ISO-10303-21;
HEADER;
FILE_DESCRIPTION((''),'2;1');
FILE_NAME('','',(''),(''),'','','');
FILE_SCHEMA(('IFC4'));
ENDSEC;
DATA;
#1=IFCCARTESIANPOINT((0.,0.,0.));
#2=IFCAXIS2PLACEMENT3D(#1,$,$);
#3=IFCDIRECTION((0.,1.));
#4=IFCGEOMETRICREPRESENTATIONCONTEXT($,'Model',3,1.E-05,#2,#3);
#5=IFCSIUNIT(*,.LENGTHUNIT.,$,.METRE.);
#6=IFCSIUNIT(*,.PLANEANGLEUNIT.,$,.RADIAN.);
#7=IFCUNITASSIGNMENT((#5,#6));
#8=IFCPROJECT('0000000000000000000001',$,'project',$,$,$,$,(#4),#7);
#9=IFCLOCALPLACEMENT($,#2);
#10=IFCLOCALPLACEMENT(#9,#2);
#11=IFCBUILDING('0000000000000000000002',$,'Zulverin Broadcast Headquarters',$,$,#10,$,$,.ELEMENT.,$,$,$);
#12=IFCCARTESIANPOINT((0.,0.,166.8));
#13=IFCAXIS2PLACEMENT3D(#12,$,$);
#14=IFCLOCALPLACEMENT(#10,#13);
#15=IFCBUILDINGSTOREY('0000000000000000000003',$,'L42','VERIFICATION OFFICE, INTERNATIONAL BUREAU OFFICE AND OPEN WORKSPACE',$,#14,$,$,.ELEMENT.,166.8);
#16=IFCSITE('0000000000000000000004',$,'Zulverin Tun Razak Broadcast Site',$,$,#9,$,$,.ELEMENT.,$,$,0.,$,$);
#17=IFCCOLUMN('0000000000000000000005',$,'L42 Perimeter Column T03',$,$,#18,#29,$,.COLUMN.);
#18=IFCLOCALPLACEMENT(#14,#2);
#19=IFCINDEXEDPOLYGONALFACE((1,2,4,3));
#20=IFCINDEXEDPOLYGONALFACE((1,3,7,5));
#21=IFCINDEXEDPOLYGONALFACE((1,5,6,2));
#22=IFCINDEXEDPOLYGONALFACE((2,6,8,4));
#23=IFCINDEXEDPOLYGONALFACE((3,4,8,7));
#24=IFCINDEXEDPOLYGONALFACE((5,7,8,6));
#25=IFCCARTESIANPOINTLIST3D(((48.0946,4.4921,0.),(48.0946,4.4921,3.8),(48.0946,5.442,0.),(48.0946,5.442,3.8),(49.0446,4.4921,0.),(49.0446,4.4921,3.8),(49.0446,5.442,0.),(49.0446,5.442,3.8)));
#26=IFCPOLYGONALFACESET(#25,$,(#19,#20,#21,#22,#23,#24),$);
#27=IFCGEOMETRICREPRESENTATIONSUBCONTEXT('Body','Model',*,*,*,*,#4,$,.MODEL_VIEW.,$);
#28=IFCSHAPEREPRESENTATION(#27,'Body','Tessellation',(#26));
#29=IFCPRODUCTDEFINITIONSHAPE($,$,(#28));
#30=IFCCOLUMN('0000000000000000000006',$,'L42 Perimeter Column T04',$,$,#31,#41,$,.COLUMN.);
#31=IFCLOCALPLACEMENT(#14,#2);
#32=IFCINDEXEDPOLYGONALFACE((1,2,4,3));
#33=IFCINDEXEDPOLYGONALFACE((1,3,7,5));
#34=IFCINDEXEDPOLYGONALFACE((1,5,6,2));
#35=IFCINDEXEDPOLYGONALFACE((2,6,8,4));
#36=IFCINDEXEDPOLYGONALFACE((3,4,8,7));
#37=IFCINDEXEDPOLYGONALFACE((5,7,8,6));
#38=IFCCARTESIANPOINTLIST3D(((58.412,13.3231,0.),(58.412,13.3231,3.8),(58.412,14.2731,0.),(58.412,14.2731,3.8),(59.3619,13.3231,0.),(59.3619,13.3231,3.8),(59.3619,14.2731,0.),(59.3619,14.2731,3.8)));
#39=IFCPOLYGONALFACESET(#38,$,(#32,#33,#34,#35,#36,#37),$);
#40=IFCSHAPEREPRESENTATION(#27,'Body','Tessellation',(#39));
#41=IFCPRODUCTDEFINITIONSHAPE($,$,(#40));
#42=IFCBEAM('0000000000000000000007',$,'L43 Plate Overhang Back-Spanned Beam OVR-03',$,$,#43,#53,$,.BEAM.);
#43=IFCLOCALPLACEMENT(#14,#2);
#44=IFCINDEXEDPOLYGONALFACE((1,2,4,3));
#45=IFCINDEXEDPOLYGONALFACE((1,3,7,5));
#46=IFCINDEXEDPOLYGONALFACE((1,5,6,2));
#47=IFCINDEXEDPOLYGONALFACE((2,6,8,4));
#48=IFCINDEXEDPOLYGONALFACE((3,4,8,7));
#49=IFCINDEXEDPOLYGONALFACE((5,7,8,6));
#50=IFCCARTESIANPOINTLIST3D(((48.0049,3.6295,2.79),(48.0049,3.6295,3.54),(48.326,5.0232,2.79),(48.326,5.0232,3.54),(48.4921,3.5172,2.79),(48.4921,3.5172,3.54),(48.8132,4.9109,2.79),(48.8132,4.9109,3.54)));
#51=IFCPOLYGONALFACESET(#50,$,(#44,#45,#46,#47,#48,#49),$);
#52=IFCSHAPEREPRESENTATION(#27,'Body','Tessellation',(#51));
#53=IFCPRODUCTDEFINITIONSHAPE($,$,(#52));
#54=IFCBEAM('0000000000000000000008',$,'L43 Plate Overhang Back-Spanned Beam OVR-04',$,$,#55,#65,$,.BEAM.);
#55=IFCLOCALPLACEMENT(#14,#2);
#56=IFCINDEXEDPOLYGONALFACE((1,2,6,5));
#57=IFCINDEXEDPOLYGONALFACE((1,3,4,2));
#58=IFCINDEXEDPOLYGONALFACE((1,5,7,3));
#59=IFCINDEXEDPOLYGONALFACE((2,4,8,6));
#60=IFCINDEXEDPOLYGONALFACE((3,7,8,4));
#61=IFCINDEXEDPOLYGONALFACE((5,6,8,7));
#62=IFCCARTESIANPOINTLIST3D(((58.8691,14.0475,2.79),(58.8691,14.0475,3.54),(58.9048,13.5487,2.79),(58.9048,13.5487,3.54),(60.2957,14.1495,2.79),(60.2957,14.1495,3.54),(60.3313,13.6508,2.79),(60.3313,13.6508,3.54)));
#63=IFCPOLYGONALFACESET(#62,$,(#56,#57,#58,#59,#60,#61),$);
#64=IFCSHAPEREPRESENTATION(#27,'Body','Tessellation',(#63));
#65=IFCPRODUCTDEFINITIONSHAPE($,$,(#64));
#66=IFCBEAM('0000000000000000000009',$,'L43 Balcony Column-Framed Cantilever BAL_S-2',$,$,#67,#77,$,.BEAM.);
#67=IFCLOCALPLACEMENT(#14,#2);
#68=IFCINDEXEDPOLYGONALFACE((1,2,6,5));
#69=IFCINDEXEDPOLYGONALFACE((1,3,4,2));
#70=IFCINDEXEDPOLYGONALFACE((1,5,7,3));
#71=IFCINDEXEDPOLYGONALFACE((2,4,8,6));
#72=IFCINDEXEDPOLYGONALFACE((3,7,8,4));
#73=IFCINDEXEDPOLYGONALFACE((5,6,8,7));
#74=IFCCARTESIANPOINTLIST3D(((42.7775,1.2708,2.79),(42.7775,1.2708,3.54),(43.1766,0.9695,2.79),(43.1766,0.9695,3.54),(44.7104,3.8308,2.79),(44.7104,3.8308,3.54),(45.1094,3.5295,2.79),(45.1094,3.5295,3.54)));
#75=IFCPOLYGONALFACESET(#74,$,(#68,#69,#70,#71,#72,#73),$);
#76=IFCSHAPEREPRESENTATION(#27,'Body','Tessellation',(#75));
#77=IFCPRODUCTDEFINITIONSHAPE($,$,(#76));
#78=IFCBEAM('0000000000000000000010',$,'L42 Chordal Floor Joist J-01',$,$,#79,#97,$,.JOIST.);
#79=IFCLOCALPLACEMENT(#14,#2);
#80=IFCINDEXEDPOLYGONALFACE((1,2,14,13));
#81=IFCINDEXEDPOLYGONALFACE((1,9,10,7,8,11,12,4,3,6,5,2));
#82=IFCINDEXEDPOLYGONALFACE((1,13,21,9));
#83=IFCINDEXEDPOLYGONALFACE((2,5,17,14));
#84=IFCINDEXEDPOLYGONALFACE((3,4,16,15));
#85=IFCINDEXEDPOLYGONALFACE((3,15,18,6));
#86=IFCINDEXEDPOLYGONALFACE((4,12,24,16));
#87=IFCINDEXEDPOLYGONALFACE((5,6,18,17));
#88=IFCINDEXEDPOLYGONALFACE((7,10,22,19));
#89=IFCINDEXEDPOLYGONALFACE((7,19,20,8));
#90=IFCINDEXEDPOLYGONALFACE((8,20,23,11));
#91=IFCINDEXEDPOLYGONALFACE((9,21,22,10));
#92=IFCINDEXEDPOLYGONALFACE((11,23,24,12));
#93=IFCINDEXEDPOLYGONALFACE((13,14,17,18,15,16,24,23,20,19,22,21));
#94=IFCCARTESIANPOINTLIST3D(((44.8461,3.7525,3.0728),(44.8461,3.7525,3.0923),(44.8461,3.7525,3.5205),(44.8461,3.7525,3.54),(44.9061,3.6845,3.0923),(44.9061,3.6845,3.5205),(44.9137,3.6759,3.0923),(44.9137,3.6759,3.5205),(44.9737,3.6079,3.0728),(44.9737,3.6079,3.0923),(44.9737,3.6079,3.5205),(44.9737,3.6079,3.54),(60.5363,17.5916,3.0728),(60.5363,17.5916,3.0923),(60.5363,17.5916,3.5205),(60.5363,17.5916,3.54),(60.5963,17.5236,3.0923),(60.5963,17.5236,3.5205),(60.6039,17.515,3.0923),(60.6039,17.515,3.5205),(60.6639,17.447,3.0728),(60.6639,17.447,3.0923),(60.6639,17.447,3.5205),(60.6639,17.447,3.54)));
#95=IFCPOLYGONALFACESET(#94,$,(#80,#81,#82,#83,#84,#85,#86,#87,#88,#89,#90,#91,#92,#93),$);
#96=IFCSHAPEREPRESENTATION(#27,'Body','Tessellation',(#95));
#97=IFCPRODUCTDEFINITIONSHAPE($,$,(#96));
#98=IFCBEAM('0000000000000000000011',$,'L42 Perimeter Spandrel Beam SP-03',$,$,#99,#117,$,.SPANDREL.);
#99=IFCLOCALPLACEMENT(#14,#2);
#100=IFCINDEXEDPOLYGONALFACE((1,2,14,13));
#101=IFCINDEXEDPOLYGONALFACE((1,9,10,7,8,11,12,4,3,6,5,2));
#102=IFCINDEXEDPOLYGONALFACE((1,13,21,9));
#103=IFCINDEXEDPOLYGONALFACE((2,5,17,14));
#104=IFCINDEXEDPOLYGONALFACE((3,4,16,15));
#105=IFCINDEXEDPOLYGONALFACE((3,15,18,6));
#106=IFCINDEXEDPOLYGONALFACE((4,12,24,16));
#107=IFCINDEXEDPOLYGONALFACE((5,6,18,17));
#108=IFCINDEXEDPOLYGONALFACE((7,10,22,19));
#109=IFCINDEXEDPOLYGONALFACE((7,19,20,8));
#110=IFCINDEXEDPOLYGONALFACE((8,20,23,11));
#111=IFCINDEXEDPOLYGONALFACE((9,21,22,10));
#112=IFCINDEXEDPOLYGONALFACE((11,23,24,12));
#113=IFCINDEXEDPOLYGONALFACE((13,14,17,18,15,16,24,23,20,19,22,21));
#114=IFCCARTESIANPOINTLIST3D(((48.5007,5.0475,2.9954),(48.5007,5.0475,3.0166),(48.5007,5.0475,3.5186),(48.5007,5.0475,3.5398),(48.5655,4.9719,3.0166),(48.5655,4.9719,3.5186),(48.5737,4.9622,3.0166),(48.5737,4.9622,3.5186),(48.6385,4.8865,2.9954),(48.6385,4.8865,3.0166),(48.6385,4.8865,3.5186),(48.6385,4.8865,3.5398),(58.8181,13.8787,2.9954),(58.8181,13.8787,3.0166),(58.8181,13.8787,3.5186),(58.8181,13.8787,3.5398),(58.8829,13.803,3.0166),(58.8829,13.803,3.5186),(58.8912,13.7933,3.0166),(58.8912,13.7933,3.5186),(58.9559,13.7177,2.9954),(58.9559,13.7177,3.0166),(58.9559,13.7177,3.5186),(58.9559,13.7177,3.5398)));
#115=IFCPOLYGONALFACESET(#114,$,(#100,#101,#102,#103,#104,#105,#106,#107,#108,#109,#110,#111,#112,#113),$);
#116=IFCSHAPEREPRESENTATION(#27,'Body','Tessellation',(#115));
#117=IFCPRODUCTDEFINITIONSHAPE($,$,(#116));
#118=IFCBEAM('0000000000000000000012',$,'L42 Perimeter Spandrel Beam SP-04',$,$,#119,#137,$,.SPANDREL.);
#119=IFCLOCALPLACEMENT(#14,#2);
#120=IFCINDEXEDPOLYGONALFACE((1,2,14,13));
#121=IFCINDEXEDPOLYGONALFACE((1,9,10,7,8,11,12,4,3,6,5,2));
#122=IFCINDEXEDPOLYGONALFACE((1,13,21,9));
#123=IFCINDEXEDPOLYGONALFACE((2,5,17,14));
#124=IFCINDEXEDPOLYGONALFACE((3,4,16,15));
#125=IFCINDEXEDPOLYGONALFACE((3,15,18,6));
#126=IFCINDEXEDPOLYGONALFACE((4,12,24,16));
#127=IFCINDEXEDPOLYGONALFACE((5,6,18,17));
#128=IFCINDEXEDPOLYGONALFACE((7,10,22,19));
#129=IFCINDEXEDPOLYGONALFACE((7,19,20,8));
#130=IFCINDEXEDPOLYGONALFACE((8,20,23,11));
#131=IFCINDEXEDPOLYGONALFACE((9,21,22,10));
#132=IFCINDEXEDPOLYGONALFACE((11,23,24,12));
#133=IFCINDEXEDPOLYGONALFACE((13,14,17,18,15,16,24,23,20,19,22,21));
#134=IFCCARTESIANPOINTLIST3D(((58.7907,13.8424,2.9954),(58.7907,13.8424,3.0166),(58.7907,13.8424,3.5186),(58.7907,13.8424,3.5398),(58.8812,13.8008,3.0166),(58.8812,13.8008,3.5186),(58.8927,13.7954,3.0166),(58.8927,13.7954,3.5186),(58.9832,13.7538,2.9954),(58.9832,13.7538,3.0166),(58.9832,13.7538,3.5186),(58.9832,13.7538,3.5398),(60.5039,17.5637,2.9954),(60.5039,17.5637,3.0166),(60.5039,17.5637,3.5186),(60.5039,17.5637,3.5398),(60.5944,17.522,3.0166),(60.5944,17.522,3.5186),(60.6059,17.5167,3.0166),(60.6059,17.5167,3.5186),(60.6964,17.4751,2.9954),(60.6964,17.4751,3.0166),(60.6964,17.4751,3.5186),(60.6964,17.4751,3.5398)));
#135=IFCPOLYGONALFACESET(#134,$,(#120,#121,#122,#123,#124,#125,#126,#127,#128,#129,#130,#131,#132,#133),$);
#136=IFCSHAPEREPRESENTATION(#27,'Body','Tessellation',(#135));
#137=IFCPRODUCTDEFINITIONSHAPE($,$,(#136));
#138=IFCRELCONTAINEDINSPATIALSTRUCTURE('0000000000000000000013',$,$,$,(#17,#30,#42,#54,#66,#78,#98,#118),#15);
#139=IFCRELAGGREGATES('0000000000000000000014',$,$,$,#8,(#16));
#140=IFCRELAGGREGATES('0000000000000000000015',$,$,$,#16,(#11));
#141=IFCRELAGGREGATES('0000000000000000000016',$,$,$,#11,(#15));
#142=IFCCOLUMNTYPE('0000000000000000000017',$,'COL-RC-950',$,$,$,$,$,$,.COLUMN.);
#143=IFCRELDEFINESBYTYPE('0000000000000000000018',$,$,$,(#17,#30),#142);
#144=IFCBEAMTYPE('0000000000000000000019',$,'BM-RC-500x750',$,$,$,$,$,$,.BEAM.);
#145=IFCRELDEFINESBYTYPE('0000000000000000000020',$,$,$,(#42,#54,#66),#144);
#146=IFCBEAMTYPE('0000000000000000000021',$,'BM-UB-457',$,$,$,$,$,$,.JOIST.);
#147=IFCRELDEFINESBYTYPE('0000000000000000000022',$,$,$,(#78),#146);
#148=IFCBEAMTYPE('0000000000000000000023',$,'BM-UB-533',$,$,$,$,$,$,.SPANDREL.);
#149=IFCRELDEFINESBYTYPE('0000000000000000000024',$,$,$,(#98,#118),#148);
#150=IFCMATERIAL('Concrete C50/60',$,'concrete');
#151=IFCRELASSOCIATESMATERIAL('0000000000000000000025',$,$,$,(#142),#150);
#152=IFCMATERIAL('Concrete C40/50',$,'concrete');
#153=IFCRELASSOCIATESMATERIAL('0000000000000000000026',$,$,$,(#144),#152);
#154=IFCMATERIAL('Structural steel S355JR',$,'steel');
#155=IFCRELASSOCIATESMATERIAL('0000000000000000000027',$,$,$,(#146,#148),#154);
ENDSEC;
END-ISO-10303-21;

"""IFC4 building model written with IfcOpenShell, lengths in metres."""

from ifc_helpers import new_model, si_unit, direction, frame, origin, origin_2d, place, context, subcontext, project, spatial, rectangle, i_section, extrude, material, material_profile, profile_set, type_object, element, save


model = new_model("IFC4")

# Units and contexts
model_context = context("Model", 3, precision=1e-05, world=origin(), true_north=direction((0.0, 1.0)))
body_context = subcontext(model_context, "Body", "Model", "MODEL_VIEW")
ifc_project = project(units=[si_unit("LENGTHUNIT", "METRE"), si_unit("PLANEANGLEUNIT", "RADIAN")], contexts=[model_context])

# Site, building, storey
site_placement = place(None, origin())
site = spatial("IfcSite", under=ifc_project, at=site_placement, Name="Zulverin Tun Razak Broadcast Site", CompositionType="ELEMENT", RefElevation=0.0)
building_placement = place(site_placement, origin())
building = spatial("IfcBuilding", under=site, at=building_placement, Name="Zulverin Broadcast Headquarters", CompositionType="ELEMENT")
storey_placement = place(building_placement, frame((0.0, 0.0, 166.8)))
storey = spatial("IfcBuildingStorey", under=building, at=storey_placement, Name="L42", Description="VERIFICATION OFFICE, INTERNATIONAL BUREAU OFFICE AND OPEN WORKSPACE", CompositionType="ELEMENT", Elevation=166.8)

# Columns
ifc_material_1 = material(Name="Concrete C50/60", Category="concrete")
ifc_material_profile_1 = material_profile(ifc_material_1, rectangle(XDim=0.95, YDim=0.95, at=origin_2d()), Name="Concrete C50/60", Category="concrete")
ifc_profile_set_1 = profile_set([ifc_material_profile_1], Name="Concrete C50/60")
column_type = type_object("IfcColumnType", Name="COL-RC-950", PredefinedType="COLUMN", material=ifc_profile_set_1)
for number, where, z_axis, x_axis, name in (
    (1, (48.5696, 4.967, 0.0), (0.0, 0.0, 1.0), (1.0, 0.0, 0.0), "L42 Perimeter Column T03"),
    (2, (58.887, 13.7981, 0.0), (0.0, 0.0, 1.0), (1.0, 0.0, 0.0), "L42 Perimeter Column T04"),
):
    element("IfcColumn", number, at=place(storey_placement, frame(where, z_axis=z_axis, x_axis=x_axis)), inside=storey, type_object=column_type, Name=name, PredefinedType="COLUMN", context=body_context, shape_type="SweptSolid", body=[
        extrude(rectangle(XDim=0.95, YDim=0.95, at=origin_2d()), origin(), (0.0, 0.0, 1.0), 3.8),
    ])

# Beams
ifc_material_2 = material(Name="Concrete C40/50", Category="concrete")
ifc_material_profile_2 = material_profile(ifc_material_2, rectangle(XDim=0.5, YDim=0.75, at=origin_2d()), Name="Concrete C40/50", Category="concrete")
ifc_profile_set_2 = profile_set([ifc_material_profile_2], Name="Concrete C40/50")
beam_type_1 = type_object("IfcBeamType", Name="BM-RC-500x750", PredefinedType="BEAM", material=ifc_profile_set_2)
for number, where, z_axis, x_axis, name in (
    (3, (48.5696, 4.967, 3.165), (-0.224498, -0.974475, 0.0), (0.974475, -0.224498, 0.0), "L43 Plate Overhang Back-Spanned Beam OVR-03"),
    (4, (58.887, 13.7981, 3.165), (0.997451, 0.071356, 0.0), (-0.071356, 0.997451, 0.0), "L43 Plate Overhang Back-Spanned Beam OVR-04"),
):
    element("IfcBeam", number, at=place(storey_placement, frame(where, z_axis=z_axis, x_axis=x_axis)), inside=storey, type_object=beam_type_1, Name=name, PredefinedType="BEAM", context=body_context, shape_type="SweptSolid", body=[
        extrude(rectangle(XDim=0.5, YDim=0.75, at=origin_2d()), origin(), (0.0, 0.0, 1.0), 1.4302),
    ])
beam_1_placement = place(storey_placement, frame((44.9099, 3.6802, 3.165), z_axis=(-0.602554, -0.798078, 0.0), x_axis=(0.798078, -0.602554, 0.0)))
element("IfcBeam", 5, at=beam_1_placement, inside=storey, type_object=beam_type_1, Name="L43 Balcony Column-Framed Cantilever BAL_S-2", PredefinedType="BEAM", context=body_context, shape_type="SweptSolid", body=[
    extrude(rectangle(XDim=0.5, YDim=0.75, at=origin_2d()), origin(), (0.0, 0.0, 1.0), 3.2078),
])
ifc_material_3 = material(Name="Structural steel S355JR", Category="steel")
ifc_material_profile_3 = material_profile(ifc_material_3, i_section(OverallWidth=0.1929, OverallDepth=0.4673, WebThickness=0.0115, FlangeThickness=0.0195, at=origin_2d()), Name="Structural steel S355JR", Category="steel")
ifc_profile_set_3 = profile_set([ifc_material_profile_3], Name="Structural steel S355JR")
beam_type_2 = type_object("IfcBeamType", Name="BM-UB-457", PredefinedType="JOIST", material=ifc_profile_set_3)
beam_2_placement = place(storey_placement, frame((44.9099, 3.6802, 3.3064), z_axis=(0.74996, 0.661483, 0.0), x_axis=(-0.661483, 0.74996, 0.0)))
element("IfcBeam", 6, at=beam_2_placement, inside=storey, type_object=beam_type_2, Name="L42 Chordal Floor Joist J-01", PredefinedType="JOIST", context=body_context, shape_type="SweptSolid", body=[
    extrude(i_section(OverallWidth=0.1929, OverallDepth=0.4673, WebThickness=0.0115, FlangeThickness=0.0195, at=origin_2d()), origin(), (0.0, 0.0, 1.0), 20.9214),
])
ifc_material_profile_4 = material_profile(ifc_material_3, i_section(OverallWidth=0.2119, OverallDepth=0.5444, WebThickness=0.0127, FlangeThickness=0.0212, at=origin_2d()), Name="Structural steel S355JR", Category="steel")
ifc_profile_set_4 = profile_set([ifc_material_profile_4], Name="Structural steel S355JR")
beam_type_3 = type_object("IfcBeamType", Name="BM-UB-533", PredefinedType="SPANDREL", material=ifc_profile_set_4)
beam_3_placement = place(storey_placement, frame((48.5696, 4.967, 3.2676), z_axis=(0.759708, 0.650264, 0.0), x_axis=(-0.650264, 0.759708, 0.0)))
element("IfcBeam", 7, at=beam_3_placement, inside=storey, type_object=beam_type_3, Name="L42 Perimeter Spandrel Beam SP-03", PredefinedType="SPANDREL", context=body_context, shape_type="SweptSolid", body=[
    extrude(i_section(OverallWidth=0.2119, OverallDepth=0.5444, WebThickness=0.0127, FlangeThickness=0.0212, at=origin_2d()), origin(), (0.0, 0.0, 1.0), 13.5808),
])
beam_4_placement = place(storey_placement, frame((58.887, 13.7981, 3.2676), z_axis=(0.418185, 0.908362, 0.0), x_axis=(-0.908362, 0.418185, 0.0)))
element("IfcBeam", 8, at=beam_4_placement, inside=storey, type_object=beam_type_3, Name="L42 Perimeter Spandrel Beam SP-04", PredefinedType="SPANDREL", context=body_context, shape_type="SweptSolid", body=[
    extrude(i_section(OverallWidth=0.2119, OverallDepth=0.5444, WebThickness=0.0127, FlangeThickness=0.0212, at=origin_2d()), origin(), (0.0, 0.0, 1.0), 4.0967),
])

save(model, "model.ifc")
